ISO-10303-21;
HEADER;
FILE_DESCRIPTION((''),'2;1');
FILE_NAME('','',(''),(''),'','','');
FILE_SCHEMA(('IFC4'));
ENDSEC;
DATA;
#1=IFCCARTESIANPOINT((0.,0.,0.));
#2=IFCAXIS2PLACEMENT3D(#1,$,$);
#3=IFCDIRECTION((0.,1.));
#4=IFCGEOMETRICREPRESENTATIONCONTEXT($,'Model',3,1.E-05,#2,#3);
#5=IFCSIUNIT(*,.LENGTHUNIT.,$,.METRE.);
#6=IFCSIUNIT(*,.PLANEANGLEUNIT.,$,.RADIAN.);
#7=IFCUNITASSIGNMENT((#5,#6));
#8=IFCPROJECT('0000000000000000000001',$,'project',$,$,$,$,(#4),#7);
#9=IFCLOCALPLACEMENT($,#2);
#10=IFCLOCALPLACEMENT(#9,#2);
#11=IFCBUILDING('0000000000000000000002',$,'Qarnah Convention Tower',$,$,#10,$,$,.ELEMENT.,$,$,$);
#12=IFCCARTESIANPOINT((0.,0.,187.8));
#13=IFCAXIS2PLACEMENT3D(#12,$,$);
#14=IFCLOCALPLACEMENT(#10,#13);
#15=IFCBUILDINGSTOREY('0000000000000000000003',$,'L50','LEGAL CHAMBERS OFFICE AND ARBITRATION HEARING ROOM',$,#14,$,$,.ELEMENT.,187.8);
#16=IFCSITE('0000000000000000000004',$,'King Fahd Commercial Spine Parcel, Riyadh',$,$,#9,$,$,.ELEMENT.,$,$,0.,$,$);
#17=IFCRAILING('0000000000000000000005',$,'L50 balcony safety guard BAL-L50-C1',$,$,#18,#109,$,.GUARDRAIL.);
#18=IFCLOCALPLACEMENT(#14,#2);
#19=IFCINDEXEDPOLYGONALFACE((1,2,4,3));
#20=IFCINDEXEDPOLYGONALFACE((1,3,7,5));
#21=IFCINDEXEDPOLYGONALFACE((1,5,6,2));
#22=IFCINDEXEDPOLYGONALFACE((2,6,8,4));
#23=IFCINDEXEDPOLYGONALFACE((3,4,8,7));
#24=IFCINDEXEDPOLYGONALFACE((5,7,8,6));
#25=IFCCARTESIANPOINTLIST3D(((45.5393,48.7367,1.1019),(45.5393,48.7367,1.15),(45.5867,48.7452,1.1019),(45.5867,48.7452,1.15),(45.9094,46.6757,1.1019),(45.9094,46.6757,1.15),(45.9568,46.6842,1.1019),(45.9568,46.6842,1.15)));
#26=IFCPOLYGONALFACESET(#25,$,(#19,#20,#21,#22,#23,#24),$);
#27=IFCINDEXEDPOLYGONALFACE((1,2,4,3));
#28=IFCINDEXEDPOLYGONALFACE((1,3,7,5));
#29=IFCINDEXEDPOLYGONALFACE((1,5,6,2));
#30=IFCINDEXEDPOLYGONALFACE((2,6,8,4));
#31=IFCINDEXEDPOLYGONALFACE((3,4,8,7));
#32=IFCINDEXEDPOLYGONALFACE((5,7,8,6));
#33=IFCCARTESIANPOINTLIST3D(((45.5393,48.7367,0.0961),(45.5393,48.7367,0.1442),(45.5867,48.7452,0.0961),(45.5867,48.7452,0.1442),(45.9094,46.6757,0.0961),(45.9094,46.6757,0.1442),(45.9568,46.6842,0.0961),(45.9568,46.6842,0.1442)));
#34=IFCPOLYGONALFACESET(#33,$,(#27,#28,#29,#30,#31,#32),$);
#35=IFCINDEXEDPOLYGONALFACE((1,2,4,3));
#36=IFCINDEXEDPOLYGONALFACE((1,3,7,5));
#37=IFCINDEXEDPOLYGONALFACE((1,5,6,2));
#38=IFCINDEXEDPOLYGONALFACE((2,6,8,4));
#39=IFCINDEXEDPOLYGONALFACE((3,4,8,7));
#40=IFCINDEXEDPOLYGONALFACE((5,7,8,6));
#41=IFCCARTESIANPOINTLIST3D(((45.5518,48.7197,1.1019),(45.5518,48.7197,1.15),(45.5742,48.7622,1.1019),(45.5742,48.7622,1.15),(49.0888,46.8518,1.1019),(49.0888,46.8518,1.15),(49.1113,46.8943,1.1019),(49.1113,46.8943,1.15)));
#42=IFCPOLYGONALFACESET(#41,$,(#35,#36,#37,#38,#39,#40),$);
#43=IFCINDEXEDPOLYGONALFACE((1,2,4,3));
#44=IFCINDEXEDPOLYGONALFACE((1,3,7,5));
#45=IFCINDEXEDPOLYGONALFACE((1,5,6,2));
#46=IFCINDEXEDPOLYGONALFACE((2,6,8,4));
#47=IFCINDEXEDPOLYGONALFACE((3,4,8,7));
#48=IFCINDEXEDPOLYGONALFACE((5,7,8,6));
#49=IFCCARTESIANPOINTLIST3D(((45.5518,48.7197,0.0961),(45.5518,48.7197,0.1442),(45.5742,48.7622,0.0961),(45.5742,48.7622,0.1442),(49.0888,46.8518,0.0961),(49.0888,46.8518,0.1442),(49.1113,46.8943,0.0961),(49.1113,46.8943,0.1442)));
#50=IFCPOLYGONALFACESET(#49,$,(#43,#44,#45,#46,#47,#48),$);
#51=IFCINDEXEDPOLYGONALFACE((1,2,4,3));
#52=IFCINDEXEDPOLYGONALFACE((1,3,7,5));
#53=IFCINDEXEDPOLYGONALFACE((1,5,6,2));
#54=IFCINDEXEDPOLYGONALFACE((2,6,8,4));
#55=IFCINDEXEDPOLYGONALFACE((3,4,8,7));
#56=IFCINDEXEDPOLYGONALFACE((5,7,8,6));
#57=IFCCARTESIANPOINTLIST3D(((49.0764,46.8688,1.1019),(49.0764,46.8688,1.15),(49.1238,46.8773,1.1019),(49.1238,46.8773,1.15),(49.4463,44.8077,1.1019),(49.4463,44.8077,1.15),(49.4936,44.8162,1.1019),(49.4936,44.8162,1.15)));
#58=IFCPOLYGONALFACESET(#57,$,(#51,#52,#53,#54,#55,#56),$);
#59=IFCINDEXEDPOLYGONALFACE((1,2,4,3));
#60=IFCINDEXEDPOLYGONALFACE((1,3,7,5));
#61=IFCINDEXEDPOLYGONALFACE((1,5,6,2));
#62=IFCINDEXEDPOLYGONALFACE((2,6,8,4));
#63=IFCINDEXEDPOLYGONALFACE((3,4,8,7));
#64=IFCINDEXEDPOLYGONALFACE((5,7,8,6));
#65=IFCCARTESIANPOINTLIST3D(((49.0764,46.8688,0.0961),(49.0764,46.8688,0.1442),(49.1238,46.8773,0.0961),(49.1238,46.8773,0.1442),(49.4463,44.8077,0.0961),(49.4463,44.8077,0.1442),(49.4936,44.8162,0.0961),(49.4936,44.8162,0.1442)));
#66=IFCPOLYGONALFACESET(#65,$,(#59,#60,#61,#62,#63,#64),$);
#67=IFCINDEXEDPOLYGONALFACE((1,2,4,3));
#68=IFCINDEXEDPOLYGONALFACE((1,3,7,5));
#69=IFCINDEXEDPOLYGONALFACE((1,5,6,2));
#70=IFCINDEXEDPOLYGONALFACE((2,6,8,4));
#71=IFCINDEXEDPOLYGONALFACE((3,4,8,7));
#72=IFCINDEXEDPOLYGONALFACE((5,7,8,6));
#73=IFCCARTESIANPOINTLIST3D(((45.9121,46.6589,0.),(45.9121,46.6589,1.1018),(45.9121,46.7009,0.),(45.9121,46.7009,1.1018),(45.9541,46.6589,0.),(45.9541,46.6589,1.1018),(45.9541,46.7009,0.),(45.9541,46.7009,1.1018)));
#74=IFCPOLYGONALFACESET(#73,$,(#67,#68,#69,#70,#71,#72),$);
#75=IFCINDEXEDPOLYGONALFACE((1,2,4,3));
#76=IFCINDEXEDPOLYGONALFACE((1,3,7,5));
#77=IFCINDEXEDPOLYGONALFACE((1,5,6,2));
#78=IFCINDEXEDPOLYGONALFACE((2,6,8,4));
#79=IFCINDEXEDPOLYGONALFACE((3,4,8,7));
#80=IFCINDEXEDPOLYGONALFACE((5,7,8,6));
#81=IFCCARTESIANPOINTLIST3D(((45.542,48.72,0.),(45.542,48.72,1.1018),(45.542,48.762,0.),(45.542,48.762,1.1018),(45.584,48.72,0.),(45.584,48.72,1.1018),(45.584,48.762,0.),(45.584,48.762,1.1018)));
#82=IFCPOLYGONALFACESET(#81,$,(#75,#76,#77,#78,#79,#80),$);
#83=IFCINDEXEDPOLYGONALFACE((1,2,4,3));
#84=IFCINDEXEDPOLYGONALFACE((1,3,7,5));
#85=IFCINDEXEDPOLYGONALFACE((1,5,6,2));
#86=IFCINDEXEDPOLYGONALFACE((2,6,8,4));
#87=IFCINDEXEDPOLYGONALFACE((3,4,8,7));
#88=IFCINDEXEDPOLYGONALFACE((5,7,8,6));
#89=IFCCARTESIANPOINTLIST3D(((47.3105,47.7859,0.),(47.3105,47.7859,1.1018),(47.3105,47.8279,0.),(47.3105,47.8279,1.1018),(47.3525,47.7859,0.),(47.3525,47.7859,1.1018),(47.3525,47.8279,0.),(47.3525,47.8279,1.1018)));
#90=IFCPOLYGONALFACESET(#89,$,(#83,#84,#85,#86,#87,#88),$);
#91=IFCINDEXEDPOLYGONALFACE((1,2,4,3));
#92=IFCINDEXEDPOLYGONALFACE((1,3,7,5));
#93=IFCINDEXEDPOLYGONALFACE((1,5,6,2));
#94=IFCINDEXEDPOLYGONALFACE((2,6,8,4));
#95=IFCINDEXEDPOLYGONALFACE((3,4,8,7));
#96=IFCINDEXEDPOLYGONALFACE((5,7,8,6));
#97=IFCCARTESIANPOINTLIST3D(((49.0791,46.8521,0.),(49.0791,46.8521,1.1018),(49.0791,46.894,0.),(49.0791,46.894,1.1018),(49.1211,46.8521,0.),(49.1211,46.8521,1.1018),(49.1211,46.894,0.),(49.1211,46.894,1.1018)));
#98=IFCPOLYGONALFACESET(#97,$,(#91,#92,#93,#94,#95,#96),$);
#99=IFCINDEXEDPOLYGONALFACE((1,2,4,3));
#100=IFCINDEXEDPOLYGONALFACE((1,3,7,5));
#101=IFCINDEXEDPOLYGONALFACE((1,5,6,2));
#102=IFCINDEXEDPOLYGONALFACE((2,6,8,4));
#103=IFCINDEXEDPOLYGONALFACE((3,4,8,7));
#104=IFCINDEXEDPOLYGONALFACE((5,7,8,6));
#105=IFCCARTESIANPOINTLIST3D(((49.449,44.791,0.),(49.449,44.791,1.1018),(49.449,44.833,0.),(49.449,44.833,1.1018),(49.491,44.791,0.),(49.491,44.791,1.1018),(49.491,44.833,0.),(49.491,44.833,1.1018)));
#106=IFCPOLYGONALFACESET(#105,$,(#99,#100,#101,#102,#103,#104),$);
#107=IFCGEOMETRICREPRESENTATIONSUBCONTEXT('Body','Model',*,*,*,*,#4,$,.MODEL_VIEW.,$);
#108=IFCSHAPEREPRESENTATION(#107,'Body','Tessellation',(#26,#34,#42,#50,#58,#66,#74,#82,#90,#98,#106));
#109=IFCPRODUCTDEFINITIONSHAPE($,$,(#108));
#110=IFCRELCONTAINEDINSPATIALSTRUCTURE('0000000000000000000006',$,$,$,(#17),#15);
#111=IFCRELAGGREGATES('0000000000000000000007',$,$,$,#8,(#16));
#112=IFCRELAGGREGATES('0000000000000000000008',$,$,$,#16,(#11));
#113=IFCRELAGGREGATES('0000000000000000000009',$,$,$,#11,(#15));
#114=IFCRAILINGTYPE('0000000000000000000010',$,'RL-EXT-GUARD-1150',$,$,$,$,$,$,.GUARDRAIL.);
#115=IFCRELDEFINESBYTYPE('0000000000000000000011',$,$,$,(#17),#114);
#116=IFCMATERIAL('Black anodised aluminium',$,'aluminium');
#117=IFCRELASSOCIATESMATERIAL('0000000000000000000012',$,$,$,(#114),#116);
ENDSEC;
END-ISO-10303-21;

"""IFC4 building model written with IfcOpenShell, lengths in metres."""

from ifc_helpers import new_model, si_unit, direction, frame, origin, origin_2d, place, context, subcontext, project, spatial, rectangle, extrude, material, type_object, element, save


model = new_model("IFC4")

# Units and contexts
model_context = context("Model", 3, precision=1e-05, world=origin(), true_north=direction((0.0, 1.0)))
body_context = subcontext(model_context, "Body", "Model", "MODEL_VIEW")
ifc_project = project(units=[si_unit("LENGTHUNIT", "METRE"), si_unit("PLANEANGLEUNIT", "RADIAN")], contexts=[model_context])

# Site, building, storey
site_placement = place(None, origin())
site = spatial("IfcSite", under=ifc_project, at=site_placement, Name="King Fahd Commercial Spine Parcel, Riyadh", CompositionType="ELEMENT", RefElevation=0.0)
building_placement = place(site_placement, origin())
building = spatial("IfcBuilding", under=site, at=building_placement, Name="Qarnah Convention Tower", CompositionType="ELEMENT")
storey_placement = place(building_placement, frame((0.0, 0.0, 187.8)))
storey = spatial("IfcBuildingStorey", under=building, at=storey_placement, Name="L50", Description="LEGAL CHAMBERS OFFICE AND ARBITRATION HEARING ROOM", CompositionType="ELEMENT", Elevation=187.8)

# Shared definitions
ifc_material_1 = material(Name="Black anodised aluminium", Category="aluminium")

# Railing
railing_type = type_object("IfcRailingType", Name="RL-EXT-GUARD-1150", PredefinedType="GUARDRAIL", material=ifc_material_1)
railing_1_placement = place(storey_placement, frame((45.9331, 46.6799, 0.0)))
element("IfcRailing", 1, at=railing_1_placement, inside=storey, type_object=railing_type, Name="L50 balcony safety guard BAL-L50-C1", PredefinedType="GUARDRAIL", context=body_context, shape_type="SweptSolid", body=[
    extrude(rectangle(XDim=0.0481, YDim=0.0481, at=origin_2d()), frame((0.0, 0.0, 1.126), z_axis=(-0.176751, 0.984256, 0.0), x_axis=(-0.984256, -0.176751, 0.0)), (0.0, 0.0, 1.0), 2.094),
    extrude(rectangle(XDim=0.0481, YDim=0.0481, at=origin_2d()), frame((0.0, 0.0, 0.1201), z_axis=(-0.176751, 0.984256, 0.0), x_axis=(-0.984256, -0.176751, 0.0)), (0.0, 0.0, 1.0), 2.094),
    extrude(rectangle(XDim=0.0481, YDim=0.0481, at=origin_2d()), frame((-0.3701, 2.061, 1.126), z_axis=(0.88427, -0.466976, 0.0), x_axis=(0.466976, 0.88427, 0.0)), (0.0, 0.0, 1.0), 4.0),
    extrude(rectangle(XDim=0.0481, YDim=0.0481, at=origin_2d()), frame((-0.3701, 2.061, 0.1201), z_axis=(0.88427, -0.466976, 0.0), x_axis=(0.466976, 0.88427, 0.0)), (0.0, 0.0, 1.0), 4.0),
    extrude(rectangle(XDim=0.0481, YDim=0.0481, at=origin_2d()), frame((3.167, 0.1931, 1.126), z_axis=(0.176638, -0.984276, 0.0), x_axis=(0.984276, 0.176638, 0.0)), (0.0, 0.0, 1.0), 2.094),
    extrude(rectangle(XDim=0.0481, YDim=0.0481, at=origin_2d()), frame((3.167, 0.1931, 0.1201), z_axis=(0.176638, -0.984276, 0.0), x_axis=(0.984276, 0.176638, 0.0)), (0.0, 0.0, 1.0), 2.094),
    extrude(rectangle(XDim=0.042, YDim=0.042, at=origin_2d()), origin(), (0.0, 0.0, 1.0), 1.1018),
    extrude(rectangle(XDim=0.042, YDim=0.042, at=origin_2d()), frame((-0.3701, 2.061, 0.0)), (0.0, 0.0, 1.0), 1.1018),
    extrude(rectangle(XDim=0.042, YDim=0.042, at=origin_2d()), frame((1.3984, 1.127, 0.0)), (0.0, 0.0, 1.0), 1.1018),
    extrude(rectangle(XDim=0.042, YDim=0.042, at=origin_2d()), frame((3.167, 0.1931, 0.0)), (0.0, 0.0, 1.0), 1.1018),
    extrude(rectangle(XDim=0.042, YDim=0.042, at=origin_2d()), frame((3.5369, -1.8679, 0.0)), (0.0, 0.0, 1.0), 1.1018),
])

save(model, "model.ifc")
